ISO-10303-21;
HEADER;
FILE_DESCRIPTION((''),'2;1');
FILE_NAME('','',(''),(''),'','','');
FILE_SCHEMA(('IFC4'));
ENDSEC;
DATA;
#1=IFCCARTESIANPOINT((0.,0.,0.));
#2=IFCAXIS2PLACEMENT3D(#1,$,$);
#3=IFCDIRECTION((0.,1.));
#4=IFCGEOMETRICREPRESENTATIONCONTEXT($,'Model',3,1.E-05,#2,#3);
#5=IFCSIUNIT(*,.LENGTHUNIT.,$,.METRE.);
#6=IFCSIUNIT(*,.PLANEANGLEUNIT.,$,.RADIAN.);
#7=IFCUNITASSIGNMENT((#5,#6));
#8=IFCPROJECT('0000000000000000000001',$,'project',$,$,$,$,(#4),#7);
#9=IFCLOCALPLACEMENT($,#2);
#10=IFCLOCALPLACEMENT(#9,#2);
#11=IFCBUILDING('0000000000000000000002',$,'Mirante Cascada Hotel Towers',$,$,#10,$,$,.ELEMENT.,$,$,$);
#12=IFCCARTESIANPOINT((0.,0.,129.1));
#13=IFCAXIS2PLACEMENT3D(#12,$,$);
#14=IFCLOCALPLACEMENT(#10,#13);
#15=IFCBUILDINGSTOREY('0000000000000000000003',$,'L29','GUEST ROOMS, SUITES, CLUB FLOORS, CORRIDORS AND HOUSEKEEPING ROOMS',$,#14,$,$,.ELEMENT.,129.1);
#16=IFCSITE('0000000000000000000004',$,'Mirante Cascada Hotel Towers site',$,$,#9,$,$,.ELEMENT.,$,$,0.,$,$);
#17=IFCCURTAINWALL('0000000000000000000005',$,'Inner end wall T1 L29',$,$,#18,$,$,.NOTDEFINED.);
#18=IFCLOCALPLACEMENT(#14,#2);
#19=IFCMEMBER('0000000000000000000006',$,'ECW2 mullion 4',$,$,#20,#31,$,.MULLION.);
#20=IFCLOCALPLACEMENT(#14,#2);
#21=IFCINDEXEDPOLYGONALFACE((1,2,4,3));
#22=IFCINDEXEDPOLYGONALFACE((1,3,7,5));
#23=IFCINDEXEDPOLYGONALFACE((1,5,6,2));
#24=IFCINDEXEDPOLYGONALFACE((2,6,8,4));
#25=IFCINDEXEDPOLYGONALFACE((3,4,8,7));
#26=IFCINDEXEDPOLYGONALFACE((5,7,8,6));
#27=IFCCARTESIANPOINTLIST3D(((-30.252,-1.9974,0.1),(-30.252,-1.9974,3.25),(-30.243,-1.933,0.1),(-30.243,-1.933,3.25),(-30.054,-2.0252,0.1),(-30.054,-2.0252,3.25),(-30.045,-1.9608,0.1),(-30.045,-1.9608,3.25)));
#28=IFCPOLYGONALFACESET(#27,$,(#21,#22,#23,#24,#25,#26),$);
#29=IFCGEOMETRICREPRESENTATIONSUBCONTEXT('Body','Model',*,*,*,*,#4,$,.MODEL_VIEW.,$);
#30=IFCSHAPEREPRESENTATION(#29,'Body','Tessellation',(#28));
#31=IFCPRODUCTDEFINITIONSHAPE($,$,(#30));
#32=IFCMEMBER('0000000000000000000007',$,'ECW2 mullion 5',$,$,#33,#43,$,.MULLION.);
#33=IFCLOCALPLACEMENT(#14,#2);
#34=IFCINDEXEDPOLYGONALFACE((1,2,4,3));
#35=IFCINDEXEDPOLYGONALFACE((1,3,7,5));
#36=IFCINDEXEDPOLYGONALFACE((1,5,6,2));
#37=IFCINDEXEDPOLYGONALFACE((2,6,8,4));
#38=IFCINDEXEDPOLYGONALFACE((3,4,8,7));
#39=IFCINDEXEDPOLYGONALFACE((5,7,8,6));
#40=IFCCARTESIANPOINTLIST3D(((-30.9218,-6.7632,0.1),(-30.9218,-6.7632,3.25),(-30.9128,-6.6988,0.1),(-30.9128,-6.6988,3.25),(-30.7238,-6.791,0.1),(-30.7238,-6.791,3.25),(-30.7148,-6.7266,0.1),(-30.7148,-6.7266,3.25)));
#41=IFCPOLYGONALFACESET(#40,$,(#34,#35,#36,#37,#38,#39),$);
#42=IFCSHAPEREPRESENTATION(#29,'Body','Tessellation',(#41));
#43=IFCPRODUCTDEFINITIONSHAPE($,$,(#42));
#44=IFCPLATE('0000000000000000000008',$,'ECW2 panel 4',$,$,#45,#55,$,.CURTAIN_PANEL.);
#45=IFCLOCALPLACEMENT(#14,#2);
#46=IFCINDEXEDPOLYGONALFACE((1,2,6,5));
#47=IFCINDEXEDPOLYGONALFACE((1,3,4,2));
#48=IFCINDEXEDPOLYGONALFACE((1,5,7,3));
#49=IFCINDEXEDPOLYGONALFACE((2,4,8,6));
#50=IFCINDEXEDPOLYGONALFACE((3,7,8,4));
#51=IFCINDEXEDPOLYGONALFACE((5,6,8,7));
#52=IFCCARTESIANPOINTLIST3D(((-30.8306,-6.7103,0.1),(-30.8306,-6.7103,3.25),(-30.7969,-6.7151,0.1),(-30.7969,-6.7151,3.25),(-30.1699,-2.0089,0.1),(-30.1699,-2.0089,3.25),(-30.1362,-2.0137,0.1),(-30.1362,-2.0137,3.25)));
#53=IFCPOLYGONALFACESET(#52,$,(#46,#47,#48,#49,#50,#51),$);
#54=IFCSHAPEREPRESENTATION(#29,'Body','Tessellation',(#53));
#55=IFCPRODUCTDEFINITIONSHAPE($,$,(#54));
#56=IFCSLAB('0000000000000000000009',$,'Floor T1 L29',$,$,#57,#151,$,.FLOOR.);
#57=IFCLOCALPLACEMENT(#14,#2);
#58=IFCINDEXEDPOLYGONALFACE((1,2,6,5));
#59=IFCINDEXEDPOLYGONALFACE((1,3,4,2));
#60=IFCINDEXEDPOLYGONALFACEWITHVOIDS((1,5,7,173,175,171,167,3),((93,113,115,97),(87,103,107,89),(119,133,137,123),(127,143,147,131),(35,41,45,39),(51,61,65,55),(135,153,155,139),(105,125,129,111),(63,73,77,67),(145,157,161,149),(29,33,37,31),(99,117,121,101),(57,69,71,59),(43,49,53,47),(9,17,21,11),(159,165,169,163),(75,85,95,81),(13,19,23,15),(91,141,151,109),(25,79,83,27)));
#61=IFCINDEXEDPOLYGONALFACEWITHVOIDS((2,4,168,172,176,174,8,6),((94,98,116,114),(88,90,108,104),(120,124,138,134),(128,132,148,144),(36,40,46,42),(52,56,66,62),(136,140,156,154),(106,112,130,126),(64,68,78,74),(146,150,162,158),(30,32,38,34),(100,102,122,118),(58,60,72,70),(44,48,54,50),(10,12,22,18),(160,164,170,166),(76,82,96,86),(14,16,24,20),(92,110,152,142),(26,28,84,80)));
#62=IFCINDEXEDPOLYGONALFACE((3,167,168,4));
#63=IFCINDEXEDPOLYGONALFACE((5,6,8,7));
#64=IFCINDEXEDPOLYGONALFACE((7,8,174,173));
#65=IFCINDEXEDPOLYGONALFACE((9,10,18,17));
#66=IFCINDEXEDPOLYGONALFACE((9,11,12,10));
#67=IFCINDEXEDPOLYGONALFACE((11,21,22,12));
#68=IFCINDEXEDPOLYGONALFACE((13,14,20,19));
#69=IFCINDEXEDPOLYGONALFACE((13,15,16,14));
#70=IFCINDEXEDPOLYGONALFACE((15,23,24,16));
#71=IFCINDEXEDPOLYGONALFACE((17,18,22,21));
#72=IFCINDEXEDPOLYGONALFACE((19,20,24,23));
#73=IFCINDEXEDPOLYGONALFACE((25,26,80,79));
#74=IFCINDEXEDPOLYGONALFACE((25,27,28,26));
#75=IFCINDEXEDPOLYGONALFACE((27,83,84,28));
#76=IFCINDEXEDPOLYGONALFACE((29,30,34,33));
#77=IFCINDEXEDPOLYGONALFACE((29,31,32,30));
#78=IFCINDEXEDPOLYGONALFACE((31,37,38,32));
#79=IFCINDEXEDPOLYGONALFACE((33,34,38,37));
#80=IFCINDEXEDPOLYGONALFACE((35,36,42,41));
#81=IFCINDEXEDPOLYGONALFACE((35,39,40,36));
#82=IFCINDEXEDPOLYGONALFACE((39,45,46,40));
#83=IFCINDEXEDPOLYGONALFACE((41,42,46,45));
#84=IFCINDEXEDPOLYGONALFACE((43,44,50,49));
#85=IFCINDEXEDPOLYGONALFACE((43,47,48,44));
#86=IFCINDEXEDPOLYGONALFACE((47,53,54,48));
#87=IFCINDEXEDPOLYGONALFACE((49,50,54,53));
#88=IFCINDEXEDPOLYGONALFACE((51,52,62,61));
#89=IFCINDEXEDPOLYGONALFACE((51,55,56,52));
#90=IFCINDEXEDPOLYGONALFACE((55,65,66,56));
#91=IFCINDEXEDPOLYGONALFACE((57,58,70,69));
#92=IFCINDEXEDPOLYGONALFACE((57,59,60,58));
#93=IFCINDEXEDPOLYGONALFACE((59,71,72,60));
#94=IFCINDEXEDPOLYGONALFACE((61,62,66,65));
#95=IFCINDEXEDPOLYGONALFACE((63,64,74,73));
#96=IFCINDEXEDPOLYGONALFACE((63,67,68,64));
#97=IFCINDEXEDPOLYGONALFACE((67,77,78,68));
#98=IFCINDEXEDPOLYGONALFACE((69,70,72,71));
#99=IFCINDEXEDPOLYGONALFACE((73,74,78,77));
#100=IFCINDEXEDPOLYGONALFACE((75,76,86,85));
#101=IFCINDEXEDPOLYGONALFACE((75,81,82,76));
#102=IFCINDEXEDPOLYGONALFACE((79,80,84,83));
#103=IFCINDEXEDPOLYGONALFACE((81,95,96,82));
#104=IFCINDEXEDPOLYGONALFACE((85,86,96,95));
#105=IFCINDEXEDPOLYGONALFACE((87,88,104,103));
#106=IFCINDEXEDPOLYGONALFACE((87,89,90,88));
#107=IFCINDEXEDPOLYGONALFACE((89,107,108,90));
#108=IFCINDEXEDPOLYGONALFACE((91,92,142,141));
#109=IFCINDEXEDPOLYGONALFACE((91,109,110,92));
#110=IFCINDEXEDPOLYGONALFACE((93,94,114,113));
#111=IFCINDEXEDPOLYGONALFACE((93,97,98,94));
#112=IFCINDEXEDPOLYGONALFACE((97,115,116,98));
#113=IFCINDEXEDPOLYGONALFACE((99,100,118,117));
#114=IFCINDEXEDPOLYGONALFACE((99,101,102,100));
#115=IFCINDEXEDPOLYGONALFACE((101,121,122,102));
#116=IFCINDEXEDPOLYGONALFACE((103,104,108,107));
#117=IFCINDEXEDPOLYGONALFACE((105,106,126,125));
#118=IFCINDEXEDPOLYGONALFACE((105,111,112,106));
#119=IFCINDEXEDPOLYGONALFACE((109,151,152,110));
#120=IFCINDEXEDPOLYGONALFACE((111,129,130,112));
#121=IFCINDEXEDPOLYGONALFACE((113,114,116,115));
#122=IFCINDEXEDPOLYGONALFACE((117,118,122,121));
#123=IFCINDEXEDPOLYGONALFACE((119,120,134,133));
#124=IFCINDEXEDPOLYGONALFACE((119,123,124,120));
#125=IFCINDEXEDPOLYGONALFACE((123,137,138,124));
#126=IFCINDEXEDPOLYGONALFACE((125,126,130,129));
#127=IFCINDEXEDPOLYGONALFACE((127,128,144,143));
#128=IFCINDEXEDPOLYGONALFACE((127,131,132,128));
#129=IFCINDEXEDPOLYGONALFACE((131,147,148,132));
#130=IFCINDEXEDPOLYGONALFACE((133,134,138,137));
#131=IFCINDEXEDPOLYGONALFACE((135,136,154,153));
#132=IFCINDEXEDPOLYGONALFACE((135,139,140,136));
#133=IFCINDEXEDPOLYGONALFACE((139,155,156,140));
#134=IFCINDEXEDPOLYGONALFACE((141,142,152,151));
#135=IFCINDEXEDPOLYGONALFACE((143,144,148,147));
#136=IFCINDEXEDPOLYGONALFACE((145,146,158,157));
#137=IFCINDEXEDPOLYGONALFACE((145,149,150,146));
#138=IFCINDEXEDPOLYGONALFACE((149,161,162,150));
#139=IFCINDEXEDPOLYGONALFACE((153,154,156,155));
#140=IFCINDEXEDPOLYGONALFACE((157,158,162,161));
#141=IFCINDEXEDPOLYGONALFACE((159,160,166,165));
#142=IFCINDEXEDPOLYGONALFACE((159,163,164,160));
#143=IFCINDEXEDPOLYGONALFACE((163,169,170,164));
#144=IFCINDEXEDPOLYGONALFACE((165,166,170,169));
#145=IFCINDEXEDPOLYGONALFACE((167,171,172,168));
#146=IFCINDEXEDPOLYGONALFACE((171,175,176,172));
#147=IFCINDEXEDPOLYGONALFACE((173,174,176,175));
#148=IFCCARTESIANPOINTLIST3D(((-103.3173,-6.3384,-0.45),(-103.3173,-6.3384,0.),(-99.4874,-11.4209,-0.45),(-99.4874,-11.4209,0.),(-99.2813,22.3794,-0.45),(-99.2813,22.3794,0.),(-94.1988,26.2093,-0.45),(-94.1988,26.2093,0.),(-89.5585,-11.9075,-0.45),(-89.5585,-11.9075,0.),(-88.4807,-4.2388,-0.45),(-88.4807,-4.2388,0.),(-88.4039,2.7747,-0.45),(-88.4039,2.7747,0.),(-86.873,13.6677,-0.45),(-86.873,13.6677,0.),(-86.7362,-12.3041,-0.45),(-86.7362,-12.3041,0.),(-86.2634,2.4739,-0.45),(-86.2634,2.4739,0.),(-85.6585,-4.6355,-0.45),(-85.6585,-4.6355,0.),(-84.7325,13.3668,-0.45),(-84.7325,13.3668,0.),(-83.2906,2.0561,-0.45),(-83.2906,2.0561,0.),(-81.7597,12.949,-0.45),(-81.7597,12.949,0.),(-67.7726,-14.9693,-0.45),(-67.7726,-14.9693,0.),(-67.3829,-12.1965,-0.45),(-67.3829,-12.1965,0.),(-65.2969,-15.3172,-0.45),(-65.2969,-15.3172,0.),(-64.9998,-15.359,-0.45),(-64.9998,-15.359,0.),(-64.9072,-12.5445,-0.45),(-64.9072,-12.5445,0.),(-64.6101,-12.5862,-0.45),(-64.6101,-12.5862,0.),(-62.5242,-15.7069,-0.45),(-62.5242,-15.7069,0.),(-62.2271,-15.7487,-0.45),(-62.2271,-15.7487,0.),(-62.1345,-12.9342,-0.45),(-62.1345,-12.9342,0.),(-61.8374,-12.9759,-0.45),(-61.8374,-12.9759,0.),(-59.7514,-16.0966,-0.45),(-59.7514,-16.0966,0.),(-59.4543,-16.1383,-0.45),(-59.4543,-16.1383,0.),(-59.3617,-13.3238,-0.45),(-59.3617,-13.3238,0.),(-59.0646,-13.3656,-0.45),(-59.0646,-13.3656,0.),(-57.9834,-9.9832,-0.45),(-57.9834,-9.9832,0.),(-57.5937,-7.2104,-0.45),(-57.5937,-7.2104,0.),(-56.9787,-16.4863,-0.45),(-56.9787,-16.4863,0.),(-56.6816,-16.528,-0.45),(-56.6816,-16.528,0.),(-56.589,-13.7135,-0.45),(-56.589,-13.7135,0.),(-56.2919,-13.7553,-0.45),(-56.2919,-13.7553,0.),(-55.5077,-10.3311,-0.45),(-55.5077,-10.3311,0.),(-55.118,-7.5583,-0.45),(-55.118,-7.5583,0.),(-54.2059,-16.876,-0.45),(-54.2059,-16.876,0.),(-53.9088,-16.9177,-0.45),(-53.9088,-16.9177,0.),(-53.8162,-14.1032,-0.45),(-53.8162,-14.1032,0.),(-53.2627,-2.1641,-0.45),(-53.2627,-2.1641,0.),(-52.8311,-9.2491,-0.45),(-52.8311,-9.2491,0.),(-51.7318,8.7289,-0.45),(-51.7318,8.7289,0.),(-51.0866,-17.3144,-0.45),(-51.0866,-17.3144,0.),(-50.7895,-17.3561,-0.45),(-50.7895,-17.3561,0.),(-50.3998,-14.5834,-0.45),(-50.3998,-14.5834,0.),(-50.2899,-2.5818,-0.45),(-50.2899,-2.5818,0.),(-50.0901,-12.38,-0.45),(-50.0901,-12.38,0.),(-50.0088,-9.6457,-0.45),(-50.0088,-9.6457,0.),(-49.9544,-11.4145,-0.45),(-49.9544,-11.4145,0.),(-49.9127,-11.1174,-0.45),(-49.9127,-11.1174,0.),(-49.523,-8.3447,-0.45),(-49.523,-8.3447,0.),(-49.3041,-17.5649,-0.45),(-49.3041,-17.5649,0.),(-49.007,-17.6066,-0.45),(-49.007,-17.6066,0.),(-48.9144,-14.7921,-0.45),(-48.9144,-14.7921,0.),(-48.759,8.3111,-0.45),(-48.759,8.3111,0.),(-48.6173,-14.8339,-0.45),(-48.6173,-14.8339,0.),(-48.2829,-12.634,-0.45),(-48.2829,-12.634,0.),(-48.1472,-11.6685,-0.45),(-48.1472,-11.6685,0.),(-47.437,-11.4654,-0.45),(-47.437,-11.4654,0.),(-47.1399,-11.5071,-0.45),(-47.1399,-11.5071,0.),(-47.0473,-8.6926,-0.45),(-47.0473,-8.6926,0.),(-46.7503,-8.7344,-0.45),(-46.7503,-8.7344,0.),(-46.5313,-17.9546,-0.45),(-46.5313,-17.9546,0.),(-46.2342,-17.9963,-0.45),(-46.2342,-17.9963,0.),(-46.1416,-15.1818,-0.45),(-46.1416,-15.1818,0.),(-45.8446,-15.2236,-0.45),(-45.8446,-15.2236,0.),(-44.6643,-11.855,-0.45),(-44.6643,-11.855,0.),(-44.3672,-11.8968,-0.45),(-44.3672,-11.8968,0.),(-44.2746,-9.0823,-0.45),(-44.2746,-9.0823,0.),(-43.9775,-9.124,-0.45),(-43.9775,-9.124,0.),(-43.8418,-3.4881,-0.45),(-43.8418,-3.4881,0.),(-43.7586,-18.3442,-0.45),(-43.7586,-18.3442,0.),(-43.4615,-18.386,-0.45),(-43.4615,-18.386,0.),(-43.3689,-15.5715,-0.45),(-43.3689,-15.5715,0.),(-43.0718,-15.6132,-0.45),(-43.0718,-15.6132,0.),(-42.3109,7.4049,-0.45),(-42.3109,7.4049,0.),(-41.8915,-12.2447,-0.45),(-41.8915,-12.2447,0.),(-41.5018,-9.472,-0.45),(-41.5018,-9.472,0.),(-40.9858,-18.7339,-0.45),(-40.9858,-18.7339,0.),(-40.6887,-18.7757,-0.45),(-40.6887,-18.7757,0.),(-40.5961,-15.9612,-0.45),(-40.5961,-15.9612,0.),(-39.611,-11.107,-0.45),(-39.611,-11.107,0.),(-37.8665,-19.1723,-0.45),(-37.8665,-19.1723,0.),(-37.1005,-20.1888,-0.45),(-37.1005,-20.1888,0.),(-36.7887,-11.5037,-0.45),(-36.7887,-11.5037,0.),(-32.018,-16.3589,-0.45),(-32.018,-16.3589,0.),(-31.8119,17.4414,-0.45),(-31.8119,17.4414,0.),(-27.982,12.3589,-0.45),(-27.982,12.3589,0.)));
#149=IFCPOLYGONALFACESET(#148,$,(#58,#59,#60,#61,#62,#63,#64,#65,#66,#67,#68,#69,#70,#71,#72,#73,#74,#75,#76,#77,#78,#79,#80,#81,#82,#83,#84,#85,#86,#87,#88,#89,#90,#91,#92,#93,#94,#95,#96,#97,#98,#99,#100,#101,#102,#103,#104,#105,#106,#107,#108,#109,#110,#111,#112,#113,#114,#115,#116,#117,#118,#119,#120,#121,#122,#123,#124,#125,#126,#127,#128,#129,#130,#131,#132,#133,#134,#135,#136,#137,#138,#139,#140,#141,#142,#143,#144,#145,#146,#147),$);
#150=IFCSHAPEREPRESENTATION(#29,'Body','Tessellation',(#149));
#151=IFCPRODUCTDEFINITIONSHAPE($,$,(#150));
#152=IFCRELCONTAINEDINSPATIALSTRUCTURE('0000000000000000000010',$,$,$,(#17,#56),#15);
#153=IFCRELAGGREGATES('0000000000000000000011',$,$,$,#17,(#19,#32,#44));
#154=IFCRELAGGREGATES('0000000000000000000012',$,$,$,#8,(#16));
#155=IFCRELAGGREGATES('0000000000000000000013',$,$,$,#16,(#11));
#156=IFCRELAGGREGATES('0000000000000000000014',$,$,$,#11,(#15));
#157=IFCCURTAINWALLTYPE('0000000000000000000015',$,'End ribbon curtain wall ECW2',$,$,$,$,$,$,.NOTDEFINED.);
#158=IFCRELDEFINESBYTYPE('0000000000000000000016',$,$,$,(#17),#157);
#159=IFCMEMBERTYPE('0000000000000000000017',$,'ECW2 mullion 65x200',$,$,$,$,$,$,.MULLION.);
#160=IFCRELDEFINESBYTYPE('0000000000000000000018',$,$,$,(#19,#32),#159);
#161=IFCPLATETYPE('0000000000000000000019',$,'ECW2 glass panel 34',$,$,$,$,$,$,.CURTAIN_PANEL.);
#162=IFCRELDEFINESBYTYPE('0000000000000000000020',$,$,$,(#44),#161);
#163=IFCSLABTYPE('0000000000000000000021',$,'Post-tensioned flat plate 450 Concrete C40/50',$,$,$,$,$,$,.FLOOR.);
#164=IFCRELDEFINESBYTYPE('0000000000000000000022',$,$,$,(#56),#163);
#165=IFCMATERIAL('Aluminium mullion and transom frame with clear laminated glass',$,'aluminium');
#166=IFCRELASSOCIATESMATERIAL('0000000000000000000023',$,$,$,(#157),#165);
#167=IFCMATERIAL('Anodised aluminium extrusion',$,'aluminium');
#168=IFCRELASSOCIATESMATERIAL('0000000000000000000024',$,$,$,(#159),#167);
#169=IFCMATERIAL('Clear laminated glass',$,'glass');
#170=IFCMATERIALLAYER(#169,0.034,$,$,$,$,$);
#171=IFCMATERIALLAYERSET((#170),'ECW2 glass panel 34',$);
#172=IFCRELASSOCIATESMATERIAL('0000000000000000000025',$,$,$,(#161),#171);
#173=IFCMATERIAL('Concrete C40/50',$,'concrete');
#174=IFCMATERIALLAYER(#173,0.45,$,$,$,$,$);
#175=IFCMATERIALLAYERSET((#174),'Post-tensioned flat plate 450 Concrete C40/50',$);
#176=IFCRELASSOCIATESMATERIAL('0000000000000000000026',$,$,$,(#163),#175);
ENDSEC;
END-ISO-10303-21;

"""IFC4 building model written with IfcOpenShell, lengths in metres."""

from ifc_helpers import new_model, si_unit, direction, frame, origin, origin_2d, place, context, subcontext, project, spatial, polyline, rectangle, outline, extrude, material, layer, layer_set, material_profile, profile_set, type_object, element, aggregate, save


model = new_model("IFC4")

# Units and contexts
model_context = context("Model", 3, precision=1e-05, world=origin(), true_north=direction((0.0, 1.0)))
body_context = subcontext(model_context, "Body", "Model", "MODEL_VIEW")
ifc_project = project(units=[si_unit("LENGTHUNIT", "METRE"), si_unit("PLANEANGLEUNIT", "RADIAN")], contexts=[model_context])

# Site, building, storey
site_placement = place(None, origin())
site = spatial("IfcSite", under=ifc_project, at=site_placement, Name="Mirante Cascada Hotel Towers site", CompositionType="ELEMENT", RefElevation=0.0)
building_placement = place(site_placement, origin())
building = spatial("IfcBuilding", under=site, at=building_placement, Name="Mirante Cascada Hotel Towers", CompositionType="ELEMENT")
storey_placement = place(building_placement, frame((0.0, 0.0, 129.1)))
storey = spatial("IfcBuildingStorey", under=building, at=storey_placement, Name="L29", Description="GUEST ROOMS, SUITES, CLUB FLOORS, CORRIDORS AND HOUSEKEEPING ROOMS", CompositionType="ELEMENT", Elevation=129.1)

# Curtain wall, members, plate
ifc_material_1 = material(Name="Aluminium mullion and transom frame with clear laminated glass", Category="aluminium")
curtain_wall_type = type_object("IfcCurtainWallType", Name="End ribbon curtain wall ECW2", PredefinedType="NOTDEFINED", material=ifc_material_1)
curtain_wall_placement = place(storey_placement, origin())
curtain_wall = element("IfcCurtainWall", 1, at=curtain_wall_placement, inside=storey, type_object=curtain_wall_type, Name="Inner end wall T1 L29", PredefinedType="NOTDEFINED")
ifc_material_2 = material(Name="Anodised aluminium extrusion", Category="aluminium")
ifc_material_profile = material_profile(ifc_material_2, rectangle(XDim=0.2, YDim=0.065, at=origin_2d()), Name="ECW2 MULLION 65x200")
ifc_profile_set = profile_set([ifc_material_profile], Name="Anodised aluminium extrusion")
member_type = type_object("IfcMemberType", Name="ECW2 mullion 65x200", PredefinedType="MULLION", material=ifc_profile_set)
member_1_placement = place(storey_placement, frame((-30.1485, -1.9791, 0.1), z_axis=(0.0, 0.0, 1.0), x_axis=(0.990268, -0.139173, 0.0)))
member_1 = element("IfcMember", 2, at=member_1_placement, type_object=member_type, Name="ECW2 mullion 4", PredefinedType="MULLION", context=body_context, shape_type="SweptSolid", body=[
    extrude(rectangle(XDim=0.2, YDim=0.065, at=origin_2d()), origin(), (0.0, 0.0, 1.0), 3.15),
])
member_2_placement = place(storey_placement, frame((-30.8183, -6.7449, 0.1), z_axis=(0.0, 0.0, 1.0), x_axis=(0.990268, -0.139173, 0.0)))
member_2 = element("IfcMember", 3, at=member_2_placement, type_object=member_type, Name="ECW2 mullion 5", PredefinedType="MULLION", context=body_context, shape_type="SweptSolid", body=[
    extrude(rectangle(XDim=0.2, YDim=0.065, at=origin_2d()), origin(), (0.0, 0.0, 1.0), 3.15),
])
ifc_material_3 = material(Name="Clear laminated glass", Category="glass")
ifc_layer_1 = layer(ifc_material_3, 0.034)
ifc_layer_set_1 = layer_set([ifc_layer_1], Name="ECW2 glass panel 34")
plate_type = type_object("IfcPlateType", Name="ECW2 glass panel 34", PredefinedType="CURTAIN_PANEL", material=ifc_layer_set_1)
plate_placement = place(storey_placement, frame((-30.4834, -4.362, 0.1), z_axis=(0.0, 0.0, 1.0), x_axis=(-0.139173, -0.990268, 0.0)))
plate = element("IfcPlate", 4, at=plate_placement, type_object=plate_type, Name="ECW2 panel 4", PredefinedType="CURTAIN_PANEL", context=body_context, shape_type="SweptSolid", body=[
    extrude(rectangle(XDim=4.7476, YDim=0.034, at=origin_2d()), origin(), (0.0, 0.0, 1.0), 3.15),
])
aggregate(curtain_wall, [member_1, member_2, plate])

# Slab
ifc_material_4 = material(Name="Concrete C40/50", Category="concrete")
ifc_layer_2 = layer(ifc_material_4, 0.45)
ifc_layer_set_2 = layer_set([ifc_layer_2], Name="Post-tensioned flat plate 450 Concrete C40/50")
slab_type = type_object("IfcSlabType", Name="Post-tensioned flat plate 450 Concrete C40/50", PredefinedType="FLOOR", material=ifc_layer_set_2)
slab_1_placement = place(storey_placement, frame((0.0, 0.0, -0.45)))
element("IfcSlab", 5, at=slab_1_placement, inside=storey, type_object=slab_type, Name="Floor T1 L29", PredefinedType="FLOOR", context=body_context, shape_type="SweptSolid", body=[
    extrude(outline(polyline([(-32.018, -16.3589), (-27.982, 12.3589), (-31.8119, 17.4414), (-94.1988, 26.2093), (-99.2813, 22.3794), (-103.3173, -6.3384), (-99.4874, -11.4209), (-37.1005, -20.1888), (-32.018, -16.3589)]), holes=[polyline([(-43.0718, -15.6132), (-40.5961, -15.9612), (-40.9858, -18.7339), (-43.4615, -18.386), (-43.0718, -15.6132)]), polyline([(-45.8446, -15.2236), (-43.3689, -15.5715), (-43.7586, -18.3442), (-46.2342, -17.9963), (-45.8446, -15.2236)]), polyline([(-48.6173, -14.8339), (-46.1416, -15.1818), (-46.5313, -17.9546), (-49.007, -17.6066), (-48.6173, -14.8339)]), polyline([(-50.3998, -14.5834), (-48.9144, -14.7921), (-49.3041, -17.5649), (-50.7895, -17.3561), (-50.3998, -14.5834)]), polyline([(-36.7887, -11.5037), (-37.8665, -19.1723), (-40.6887, -18.7757), (-39.611, -11.107), (-36.7887, -11.5037)]), polyline([(-49.9544, -11.4145), (-48.1472, -11.6685), (-48.2829, -12.634), (-50.0901, -12.38), (-49.9544, -11.4145)]), polyline([(-43.9775, -9.124), (-41.5018, -9.472), (-41.8915, -12.2447), (-44.3672, -11.8968), (-43.9775, -9.124)]), polyline([(-47.1399, -11.5071), (-46.7503, -8.7344), (-44.2746, -9.0823), (-44.6643, -11.855), (-47.1399, -11.5071)]), polyline([(-49.9127, -11.1174), (-49.523, -8.3447), (-47.0473, -8.6926), (-47.437, -11.4654), (-49.9127, -11.1174)]), polyline([(-56.2919, -13.7553), (-53.8162, -14.1032), (-54.2059, -16.876), (-56.6816, -16.528), (-56.2919, -13.7553)]), polyline([(-59.0646, -13.3656), (-56.589, -13.7135), (-56.9787, -16.4863), (-59.4543, -16.1383), (-59.0646, -13.3656)]), polyline([(-61.8374, -12.9759), (-59.3617, -13.3238), (-59.7514, -16.0966), (-62.2271, -15.7487), (-61.8374, -12.9759)]), polyline([(-64.6101, -12.5862), (-62.1345, -12.9342), (-62.5242, -15.7069), (-64.9998, -15.359), (-64.6101, -12.5862)]), polyline([(-67.3829, -12.1965), (-64.9072, -12.5445), (-65.2969, -15.3172), (-67.7726, -14.9693), (-67.3829, -12.1965)]), polyline([(-50.0088, -9.6457), (-51.0866, -17.3144), (-53.9088, -16.9177), (-52.8311, -9.2491), (-50.0088, -9.6457)]), polyline([(-85.6585, -4.6355), (-86.7362, -12.3041), (-89.5585, -11.9075), (-88.4807, -4.2388), (-85.6585, -4.6355)]), polyline([(-57.9834, -9.9832), (-57.5937, -7.2104), (-55.118, -7.5583), (-55.5077, -10.3311), (-57.9834, -9.9832)]), polyline([(-86.873, 13.6677), (-84.7325, 13.3668), (-84.7325, 13.3668), (-86.2634, 2.4739), (-86.2634, 2.4739), (-88.4039, 2.7747), (-86.873, 13.6677)]), polyline([(-51.7318, 8.7289), (-53.2627, -2.1641), (-53.2627, -2.1641), (-83.2906, 2.0561), (-83.2906, 2.0561), (-81.7597, 12.949), (-81.7597, 12.949), (-51.7318, 8.7289)]), polyline([(-42.3109, 7.4049), (-43.8418, -3.4881), (-50.2899, -2.5818), (-50.2899, -2.5818), (-48.759, 8.3111), (-42.3109, 7.4049)])]), origin(), (0.0, 0.0, 1.0), 0.45),
])

save(model, "model.ifc")
